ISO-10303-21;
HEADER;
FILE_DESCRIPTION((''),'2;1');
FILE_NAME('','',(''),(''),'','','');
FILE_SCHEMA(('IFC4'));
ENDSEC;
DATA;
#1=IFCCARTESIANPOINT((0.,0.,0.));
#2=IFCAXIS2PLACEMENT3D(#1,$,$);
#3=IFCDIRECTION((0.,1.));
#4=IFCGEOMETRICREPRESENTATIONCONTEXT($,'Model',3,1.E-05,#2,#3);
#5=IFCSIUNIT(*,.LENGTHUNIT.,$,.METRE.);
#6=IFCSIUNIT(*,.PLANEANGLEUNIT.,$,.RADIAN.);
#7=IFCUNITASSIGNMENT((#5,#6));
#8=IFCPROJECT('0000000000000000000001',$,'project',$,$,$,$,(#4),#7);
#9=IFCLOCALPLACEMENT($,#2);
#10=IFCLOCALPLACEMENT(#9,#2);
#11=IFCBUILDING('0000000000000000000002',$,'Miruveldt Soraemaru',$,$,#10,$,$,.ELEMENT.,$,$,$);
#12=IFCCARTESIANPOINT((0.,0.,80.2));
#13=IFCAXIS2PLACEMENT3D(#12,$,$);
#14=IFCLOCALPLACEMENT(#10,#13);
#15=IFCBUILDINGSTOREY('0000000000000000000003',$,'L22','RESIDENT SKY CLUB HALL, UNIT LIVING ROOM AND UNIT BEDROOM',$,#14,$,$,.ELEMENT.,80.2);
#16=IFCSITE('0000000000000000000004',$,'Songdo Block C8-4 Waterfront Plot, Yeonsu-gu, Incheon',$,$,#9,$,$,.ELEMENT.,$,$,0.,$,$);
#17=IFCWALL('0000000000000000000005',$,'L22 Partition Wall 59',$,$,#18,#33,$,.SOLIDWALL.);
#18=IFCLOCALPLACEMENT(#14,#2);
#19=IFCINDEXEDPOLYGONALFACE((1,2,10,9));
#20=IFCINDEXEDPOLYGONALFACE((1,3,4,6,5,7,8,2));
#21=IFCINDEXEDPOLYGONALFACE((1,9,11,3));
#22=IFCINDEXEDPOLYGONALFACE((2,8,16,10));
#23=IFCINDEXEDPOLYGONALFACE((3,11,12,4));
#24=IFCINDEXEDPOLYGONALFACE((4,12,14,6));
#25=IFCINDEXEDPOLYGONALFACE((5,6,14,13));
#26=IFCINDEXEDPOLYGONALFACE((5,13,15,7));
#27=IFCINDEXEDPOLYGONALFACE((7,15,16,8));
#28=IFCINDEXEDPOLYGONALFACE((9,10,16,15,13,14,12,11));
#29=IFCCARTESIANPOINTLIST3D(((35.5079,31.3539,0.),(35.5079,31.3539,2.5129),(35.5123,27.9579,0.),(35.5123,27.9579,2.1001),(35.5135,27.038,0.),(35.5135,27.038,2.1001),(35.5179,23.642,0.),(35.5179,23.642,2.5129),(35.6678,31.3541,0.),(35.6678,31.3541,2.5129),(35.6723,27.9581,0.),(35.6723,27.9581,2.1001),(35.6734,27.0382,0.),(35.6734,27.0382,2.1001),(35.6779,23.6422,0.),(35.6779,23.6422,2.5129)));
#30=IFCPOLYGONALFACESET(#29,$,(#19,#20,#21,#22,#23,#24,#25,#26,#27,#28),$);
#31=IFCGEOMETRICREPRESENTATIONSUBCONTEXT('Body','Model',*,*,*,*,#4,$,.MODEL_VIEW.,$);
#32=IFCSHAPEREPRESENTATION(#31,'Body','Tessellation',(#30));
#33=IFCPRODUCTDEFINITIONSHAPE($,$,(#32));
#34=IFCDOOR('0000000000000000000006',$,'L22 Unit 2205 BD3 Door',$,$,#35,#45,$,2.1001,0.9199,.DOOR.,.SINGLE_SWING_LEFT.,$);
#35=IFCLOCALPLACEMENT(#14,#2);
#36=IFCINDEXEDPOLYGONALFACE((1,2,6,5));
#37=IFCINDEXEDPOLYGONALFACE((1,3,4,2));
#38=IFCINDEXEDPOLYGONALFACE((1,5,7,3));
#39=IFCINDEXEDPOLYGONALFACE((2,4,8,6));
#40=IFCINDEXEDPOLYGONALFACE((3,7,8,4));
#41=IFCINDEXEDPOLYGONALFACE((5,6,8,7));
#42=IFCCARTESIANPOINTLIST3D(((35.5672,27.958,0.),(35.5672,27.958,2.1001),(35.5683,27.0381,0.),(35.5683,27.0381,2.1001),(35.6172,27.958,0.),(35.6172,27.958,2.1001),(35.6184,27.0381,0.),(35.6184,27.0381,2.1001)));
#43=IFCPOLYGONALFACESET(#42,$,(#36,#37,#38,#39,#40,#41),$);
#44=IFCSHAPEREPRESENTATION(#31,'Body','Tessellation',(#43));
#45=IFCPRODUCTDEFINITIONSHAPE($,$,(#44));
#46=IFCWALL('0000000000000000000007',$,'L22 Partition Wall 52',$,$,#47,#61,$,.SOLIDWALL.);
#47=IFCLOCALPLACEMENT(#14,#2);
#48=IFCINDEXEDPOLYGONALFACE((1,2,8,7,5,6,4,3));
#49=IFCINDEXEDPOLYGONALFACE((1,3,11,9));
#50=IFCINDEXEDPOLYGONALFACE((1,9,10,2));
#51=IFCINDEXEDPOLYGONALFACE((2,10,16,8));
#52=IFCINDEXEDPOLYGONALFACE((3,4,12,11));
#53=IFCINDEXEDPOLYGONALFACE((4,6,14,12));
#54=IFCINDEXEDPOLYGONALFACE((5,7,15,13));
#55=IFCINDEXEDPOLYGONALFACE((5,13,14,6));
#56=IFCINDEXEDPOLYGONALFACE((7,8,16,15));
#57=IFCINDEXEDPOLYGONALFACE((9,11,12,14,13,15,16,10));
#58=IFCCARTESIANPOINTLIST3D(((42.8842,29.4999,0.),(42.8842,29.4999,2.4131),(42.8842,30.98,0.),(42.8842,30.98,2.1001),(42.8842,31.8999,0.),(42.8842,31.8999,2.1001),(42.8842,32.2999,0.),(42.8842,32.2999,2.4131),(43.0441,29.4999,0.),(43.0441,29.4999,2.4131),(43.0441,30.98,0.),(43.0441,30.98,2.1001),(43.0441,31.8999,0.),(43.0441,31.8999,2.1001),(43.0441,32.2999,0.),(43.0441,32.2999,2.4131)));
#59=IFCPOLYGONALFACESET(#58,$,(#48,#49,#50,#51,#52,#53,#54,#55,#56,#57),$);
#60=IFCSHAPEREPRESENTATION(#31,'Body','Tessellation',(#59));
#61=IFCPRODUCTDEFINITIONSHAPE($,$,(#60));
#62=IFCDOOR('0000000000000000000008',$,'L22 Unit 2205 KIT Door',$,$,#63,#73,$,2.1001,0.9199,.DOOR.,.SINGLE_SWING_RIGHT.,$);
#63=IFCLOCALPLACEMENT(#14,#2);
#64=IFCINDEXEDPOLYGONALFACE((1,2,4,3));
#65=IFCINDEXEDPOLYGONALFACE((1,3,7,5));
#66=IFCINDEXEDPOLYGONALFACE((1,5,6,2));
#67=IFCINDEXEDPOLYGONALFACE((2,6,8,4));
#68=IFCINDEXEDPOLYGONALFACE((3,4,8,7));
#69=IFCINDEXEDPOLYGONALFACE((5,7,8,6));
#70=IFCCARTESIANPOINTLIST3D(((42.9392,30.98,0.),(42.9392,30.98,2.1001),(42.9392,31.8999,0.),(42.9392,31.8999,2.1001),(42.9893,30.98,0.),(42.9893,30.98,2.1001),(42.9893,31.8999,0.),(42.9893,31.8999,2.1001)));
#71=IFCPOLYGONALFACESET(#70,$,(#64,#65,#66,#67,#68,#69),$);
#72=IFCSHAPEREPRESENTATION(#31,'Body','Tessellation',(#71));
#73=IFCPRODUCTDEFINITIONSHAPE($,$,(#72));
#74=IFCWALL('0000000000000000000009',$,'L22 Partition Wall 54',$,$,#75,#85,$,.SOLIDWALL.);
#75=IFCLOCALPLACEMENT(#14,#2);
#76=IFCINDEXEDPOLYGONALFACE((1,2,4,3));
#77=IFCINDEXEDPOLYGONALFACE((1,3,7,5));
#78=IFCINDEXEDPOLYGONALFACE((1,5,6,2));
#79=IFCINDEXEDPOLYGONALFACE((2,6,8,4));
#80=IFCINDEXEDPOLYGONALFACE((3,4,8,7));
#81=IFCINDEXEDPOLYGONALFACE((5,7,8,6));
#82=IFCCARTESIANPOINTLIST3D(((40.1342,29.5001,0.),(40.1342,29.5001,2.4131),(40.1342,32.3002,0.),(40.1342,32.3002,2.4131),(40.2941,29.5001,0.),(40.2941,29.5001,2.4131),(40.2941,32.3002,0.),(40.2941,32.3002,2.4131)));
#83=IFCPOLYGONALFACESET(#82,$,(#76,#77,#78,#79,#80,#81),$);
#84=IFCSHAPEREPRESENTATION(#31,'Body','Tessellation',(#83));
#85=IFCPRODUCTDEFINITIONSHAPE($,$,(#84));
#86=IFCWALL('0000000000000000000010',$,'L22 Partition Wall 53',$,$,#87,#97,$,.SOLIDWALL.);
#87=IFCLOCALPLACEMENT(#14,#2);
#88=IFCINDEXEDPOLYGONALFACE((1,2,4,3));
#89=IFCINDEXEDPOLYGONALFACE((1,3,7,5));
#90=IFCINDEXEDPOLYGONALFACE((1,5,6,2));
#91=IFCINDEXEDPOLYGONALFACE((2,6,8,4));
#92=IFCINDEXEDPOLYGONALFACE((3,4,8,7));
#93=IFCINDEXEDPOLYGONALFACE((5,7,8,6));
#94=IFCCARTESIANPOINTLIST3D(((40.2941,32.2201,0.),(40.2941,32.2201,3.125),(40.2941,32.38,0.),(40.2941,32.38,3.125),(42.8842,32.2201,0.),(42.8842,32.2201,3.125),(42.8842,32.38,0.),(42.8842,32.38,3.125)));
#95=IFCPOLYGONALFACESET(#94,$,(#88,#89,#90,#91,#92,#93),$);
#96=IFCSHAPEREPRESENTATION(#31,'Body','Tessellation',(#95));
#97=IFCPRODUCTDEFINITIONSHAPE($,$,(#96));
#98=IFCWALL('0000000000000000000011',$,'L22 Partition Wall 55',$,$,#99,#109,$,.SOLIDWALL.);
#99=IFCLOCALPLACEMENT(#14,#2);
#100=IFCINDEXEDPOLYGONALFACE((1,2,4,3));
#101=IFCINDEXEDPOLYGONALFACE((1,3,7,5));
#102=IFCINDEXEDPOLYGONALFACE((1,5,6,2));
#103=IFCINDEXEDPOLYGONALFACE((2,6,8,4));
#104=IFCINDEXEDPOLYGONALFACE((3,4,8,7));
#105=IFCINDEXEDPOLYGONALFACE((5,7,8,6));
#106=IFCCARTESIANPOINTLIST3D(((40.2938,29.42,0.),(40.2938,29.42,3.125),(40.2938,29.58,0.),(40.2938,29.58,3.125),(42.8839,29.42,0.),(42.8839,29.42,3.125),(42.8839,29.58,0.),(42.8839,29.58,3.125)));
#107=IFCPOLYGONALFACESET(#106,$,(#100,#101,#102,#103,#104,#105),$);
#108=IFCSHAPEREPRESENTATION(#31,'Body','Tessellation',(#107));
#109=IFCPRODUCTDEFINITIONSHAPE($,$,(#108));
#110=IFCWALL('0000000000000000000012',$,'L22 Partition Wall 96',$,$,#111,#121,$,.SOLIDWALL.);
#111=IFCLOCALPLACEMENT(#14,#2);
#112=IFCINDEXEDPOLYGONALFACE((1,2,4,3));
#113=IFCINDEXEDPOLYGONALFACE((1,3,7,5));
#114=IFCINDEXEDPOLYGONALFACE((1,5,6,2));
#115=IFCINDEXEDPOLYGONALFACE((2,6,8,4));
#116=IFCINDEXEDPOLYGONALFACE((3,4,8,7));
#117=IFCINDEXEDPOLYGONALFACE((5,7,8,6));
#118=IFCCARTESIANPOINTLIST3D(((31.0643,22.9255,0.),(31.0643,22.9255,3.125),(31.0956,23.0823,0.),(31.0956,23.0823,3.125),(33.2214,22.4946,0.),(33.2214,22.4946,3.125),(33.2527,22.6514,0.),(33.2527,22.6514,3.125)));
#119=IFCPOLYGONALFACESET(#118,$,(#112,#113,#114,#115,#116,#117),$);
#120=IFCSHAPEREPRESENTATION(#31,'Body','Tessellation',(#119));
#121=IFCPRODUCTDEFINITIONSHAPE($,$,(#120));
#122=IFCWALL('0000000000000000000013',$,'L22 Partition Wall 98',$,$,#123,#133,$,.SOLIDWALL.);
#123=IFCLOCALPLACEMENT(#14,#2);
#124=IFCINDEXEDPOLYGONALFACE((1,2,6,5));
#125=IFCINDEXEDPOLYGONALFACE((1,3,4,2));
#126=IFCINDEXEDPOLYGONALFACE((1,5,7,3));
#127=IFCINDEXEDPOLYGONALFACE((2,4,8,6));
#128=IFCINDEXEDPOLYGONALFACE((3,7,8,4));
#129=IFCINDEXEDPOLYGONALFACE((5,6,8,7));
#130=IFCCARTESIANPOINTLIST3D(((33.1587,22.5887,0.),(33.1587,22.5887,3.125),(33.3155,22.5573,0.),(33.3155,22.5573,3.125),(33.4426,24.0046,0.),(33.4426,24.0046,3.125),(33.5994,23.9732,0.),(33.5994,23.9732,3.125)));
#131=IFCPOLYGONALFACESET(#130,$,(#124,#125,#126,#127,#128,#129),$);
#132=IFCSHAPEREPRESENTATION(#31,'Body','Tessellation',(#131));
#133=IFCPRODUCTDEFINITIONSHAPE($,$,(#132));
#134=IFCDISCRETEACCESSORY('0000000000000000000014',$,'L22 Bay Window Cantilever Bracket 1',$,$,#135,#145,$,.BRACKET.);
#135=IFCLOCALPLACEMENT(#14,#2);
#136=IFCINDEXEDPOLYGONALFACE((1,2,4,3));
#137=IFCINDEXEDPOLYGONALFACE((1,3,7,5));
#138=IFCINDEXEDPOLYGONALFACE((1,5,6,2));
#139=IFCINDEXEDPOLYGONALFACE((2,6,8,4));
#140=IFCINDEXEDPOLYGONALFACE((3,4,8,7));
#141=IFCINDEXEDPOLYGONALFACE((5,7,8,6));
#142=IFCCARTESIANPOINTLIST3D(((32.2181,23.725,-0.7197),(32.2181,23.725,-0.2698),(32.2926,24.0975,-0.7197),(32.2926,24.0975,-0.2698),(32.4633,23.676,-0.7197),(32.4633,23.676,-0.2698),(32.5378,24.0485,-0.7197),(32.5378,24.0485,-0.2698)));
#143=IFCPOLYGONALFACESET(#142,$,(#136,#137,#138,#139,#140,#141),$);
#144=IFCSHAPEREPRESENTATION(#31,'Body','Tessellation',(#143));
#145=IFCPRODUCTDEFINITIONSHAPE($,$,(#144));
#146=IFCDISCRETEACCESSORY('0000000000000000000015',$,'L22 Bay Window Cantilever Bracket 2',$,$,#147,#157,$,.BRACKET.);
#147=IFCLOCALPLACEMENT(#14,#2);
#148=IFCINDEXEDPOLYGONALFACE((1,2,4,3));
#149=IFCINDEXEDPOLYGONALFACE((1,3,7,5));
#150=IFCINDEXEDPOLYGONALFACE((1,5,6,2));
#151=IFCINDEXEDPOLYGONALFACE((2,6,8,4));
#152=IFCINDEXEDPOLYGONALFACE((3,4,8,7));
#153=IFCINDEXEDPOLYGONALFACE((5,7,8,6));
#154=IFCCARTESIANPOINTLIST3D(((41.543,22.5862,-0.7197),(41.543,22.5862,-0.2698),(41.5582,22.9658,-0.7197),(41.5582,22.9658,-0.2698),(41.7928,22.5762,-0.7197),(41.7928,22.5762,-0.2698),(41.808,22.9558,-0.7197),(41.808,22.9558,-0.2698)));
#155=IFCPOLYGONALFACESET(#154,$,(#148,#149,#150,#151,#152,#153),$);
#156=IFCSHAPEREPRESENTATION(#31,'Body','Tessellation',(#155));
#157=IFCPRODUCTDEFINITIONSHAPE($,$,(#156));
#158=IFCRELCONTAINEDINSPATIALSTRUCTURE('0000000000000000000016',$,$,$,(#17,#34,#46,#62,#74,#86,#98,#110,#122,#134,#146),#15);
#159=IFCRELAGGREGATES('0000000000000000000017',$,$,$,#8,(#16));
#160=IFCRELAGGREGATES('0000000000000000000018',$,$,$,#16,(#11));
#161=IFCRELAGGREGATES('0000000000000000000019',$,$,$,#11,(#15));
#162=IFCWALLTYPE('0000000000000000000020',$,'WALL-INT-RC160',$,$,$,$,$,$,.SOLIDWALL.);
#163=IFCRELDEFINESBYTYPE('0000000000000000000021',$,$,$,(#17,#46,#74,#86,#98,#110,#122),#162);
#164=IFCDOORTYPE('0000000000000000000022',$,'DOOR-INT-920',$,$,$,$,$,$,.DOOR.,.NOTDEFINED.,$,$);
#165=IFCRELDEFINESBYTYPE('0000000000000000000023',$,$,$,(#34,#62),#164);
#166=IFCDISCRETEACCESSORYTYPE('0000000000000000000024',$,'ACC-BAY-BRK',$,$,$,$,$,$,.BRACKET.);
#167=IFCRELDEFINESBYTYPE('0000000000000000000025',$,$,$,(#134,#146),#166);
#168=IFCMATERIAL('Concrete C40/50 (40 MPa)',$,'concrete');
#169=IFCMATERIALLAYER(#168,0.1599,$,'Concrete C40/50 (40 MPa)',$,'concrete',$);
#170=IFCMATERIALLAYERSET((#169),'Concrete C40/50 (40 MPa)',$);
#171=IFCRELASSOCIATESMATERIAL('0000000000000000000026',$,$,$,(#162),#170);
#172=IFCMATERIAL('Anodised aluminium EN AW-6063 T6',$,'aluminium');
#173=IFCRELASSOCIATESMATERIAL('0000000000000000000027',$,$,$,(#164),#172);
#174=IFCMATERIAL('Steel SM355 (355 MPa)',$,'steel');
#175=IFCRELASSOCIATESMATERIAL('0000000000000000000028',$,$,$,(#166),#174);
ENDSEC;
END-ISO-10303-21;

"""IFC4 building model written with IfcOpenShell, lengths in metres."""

from ifc_helpers import new_model, si_unit, direction, frame, frame_2d, origin, origin_2d, place, context, subcontext, project, spatial, rectangle, extrude, material, layer, layer_set, type_object, element, fill, save


model = new_model("IFC4")

# Units and contexts
model_context = context("Model", 3, precision=1e-05, world=origin(), true_north=direction((0.0, 1.0)))
body_context = subcontext(model_context, "Body", "Model", "MODEL_VIEW")
ifc_project = project(units=[si_unit("LENGTHUNIT", "METRE"), si_unit("PLANEANGLEUNIT", "RADIAN")], contexts=[model_context])

# Site, building, storey
site_placement = place(None, origin())
site = spatial("IfcSite", under=ifc_project, at=site_placement, Name="Songdo Block C8-4 Waterfront Plot, Yeonsu-gu, Incheon", CompositionType="ELEMENT", RefElevation=0.0)
building_placement = place(site_placement, origin())
building = spatial("IfcBuilding", under=site, at=building_placement, Name="Miruveldt Soraemaru", CompositionType="ELEMENT")
storey_placement = place(building_placement, frame((0.0, 0.0, 80.2)))
storey = spatial("IfcBuildingStorey", under=building, at=storey_placement, Name="L22", Description="RESIDENT SKY CLUB HALL, UNIT LIVING ROOM AND UNIT BEDROOM", CompositionType="ELEMENT", Elevation=80.2)

# Walls, openings, doors
ifc_material_1 = material(Name="Concrete C40/50 (40 MPa)", Category="concrete")
ifc_layer_1 = layer(ifc_material_1, 0.1599, Name="Concrete C40/50 (40 MPa)", Category="concrete")
ifc_layer_set_1 = layer_set([ifc_layer_1], Name="Concrete C40/50 (40 MPa)")
wall_type_1 = type_object("IfcWallType", Name="WALL-INT-RC160", PredefinedType="SOLIDWALL", material=ifc_layer_set_1)
ifc_material_2 = material(Name="Anodised aluminium EN AW-6063 T6", Category="aluminium")
wall_1_placement = place(storey_placement, frame((35.5879, 31.354, 0.0), z_axis=(0.0, 0.0, 1.0), x_axis=(0.001298, -0.999999, 0.0)))
wall_1 = element("IfcWall", 1, at=wall_1_placement, inside=storey, type_object=wall_type_1, Name="L22 Partition Wall 59", PredefinedType="SOLIDWALL", context=body_context, shape_type="SweptSolid", body=[
    extrude(rectangle(XDim=7.7119, YDim=0.1599, at=frame_2d((3.856, 0.0))), origin(), (0.0, 0.0, 1.0), 2.5129),
])
opening_1_placement = place(wall_1_placement, frame((3.396, 0.0, 0.0)))
opening_1 = element("IfcOpeningElement", 2, at=opening_1_placement, cuts=wall_1, PredefinedType="OPENING", context=body_context, shape_type="SweptSolid", body=[
    extrude(rectangle(XDim=0.9199, YDim=2.1001, at=frame_2d((0.46, 1.05))), frame((0.0, 0.0898, 0.0), z_axis=(0.0, -1.0, 0.0), x_axis=(1.0, 0.0, 0.0)), (0.0, 0.0, 1.0), 0.1799),
])
door_type_1 = type_object("IfcDoorType", Name="DOOR-INT-920", OperationType="NOTDEFINED", PredefinedType="DOOR", material=ifc_material_2)
door_1_placement = place(opening_1_placement, origin())
door_1 = element("IfcDoor", 3, at=door_1_placement, inside=storey, type_object=door_type_1, Name="L22 Unit 2205 BD3 Door", OperationType="SINGLE_SWING_LEFT", OverallHeight=2.1001, OverallWidth=0.9199, PredefinedType="DOOR", context=body_context, shape_type="SweptSolid", body=[
    extrude(rectangle(XDim=0.9199, YDim=2.1001, at=frame_2d((0.46, 1.05))), frame((0.0, 0.0249, 0.0), z_axis=(0.0, -1.0, 0.0), x_axis=(1.0, 0.0, 0.0)), (0.0, 0.0, 1.0), 0.05),
])
fill(opening_1, door_1)
wall_2_placement = place(storey_placement, frame((42.9641, 29.5, 0.0), z_axis=(0.0, 0.0, 1.0), x_axis=(0.0, 1.0, 0.0)))
wall_2 = element("IfcWall", 4, at=wall_2_placement, inside=storey, type_object=wall_type_1, Name="L22 Partition Wall 52", PredefinedType="SOLIDWALL", context=body_context, shape_type="SweptSolid", body=[
    extrude(rectangle(XDim=2.8, YDim=0.1599, at=frame_2d((1.3999, 0.0))), origin(), (0.0, 0.0, 1.0), 2.4131),
])
opening_2_placement = place(wall_2_placement, frame((1.48, 0.0, 0.0)))
opening_2 = element("IfcOpeningElement", 5, at=opening_2_placement, cuts=wall_2, PredefinedType="OPENING", context=body_context, shape_type="SweptSolid", body=[
    extrude(rectangle(XDim=0.9199, YDim=2.1001, at=frame_2d((0.46, 1.05))), frame((0.0, 0.0898, 0.0), z_axis=(0.0, -1.0, 0.0), x_axis=(1.0, 0.0, 0.0)), (0.0, 0.0, 1.0), 0.1799),
])
door_2_placement = place(opening_2_placement, origin())
door_2 = element("IfcDoor", 6, at=door_2_placement, inside=storey, type_object=door_type_1, Name="L22 Unit 2205 KIT Door", OperationType="SINGLE_SWING_RIGHT", OverallHeight=2.1001, OverallWidth=0.9199, PredefinedType="DOOR", context=body_context, shape_type="SweptSolid", body=[
    extrude(rectangle(XDim=0.9199, YDim=2.1001, at=frame_2d((0.46, 1.05))), frame((0.0, 0.0249, 0.0), z_axis=(0.0, -1.0, 0.0), x_axis=(1.0, 0.0, 0.0)), (0.0, 0.0, 1.0), 0.05),
])
fill(opening_2, door_2)

# Walls
wall_3_placement = place(storey_placement, frame((40.2141, 32.3, 0.0), z_axis=(0.0, 0.0, 1.0), x_axis=(0.0, -1.0, 0.0)))
element("IfcWall", 7, at=wall_3_placement, inside=storey, type_object=wall_type_1, Name="L22 Partition Wall 54", PredefinedType="SOLIDWALL", context=body_context, shape_type="SweptSolid", body=[
    extrude(rectangle(XDim=2.8, YDim=0.1599, at=frame_2d((1.3999, 0.0))), origin(), (0.0, 0.0, 1.0), 2.4131),
])
for number, where, z_axis, x_axis, name in (
    (8, (42.884, 32.3, 0.0), (0.0, 0.0, 1.0), (-1.0, 0.0, 0.0), "L22 Partition Wall 53"),
    (9, (40.2939, 29.5, 0.0), (0.0, 0.0, 1.0), (1.0, 0.0, 0.0), "L22 Partition Wall 55"),
):
    element("IfcWall", number, at=place(storey_placement, frame(where, z_axis=z_axis, x_axis=x_axis)), inside=storey, type_object=wall_type_1, Name=name, PredefinedType="SOLIDWALL", context=body_context, shape_type="SweptSolid", body=[
        extrude(rectangle(XDim=2.5901, YDim=0.1599, at=frame_2d((1.2949, 0.0))), origin(), (0.0, 0.0, 1.0), 3.125),
    ])
wall_4_placement = place(storey_placement, frame((33.2371, 22.573, 0.0), z_axis=(0.0, 0.0, 1.0), x_axis=(-0.980623, 0.195903, 0.0)))
element("IfcWall", 10, at=wall_4_placement, inside=storey, type_object=wall_type_1, Name="L22 Partition Wall 96", PredefinedType="SOLIDWALL", context=body_context, shape_type="SweptSolid", body=[
    extrude(rectangle(XDim=2.1997, YDim=0.1599, at=frame_2d((1.0999, 0.0))), origin(), (0.0, 0.0, 1.0), 3.125),
])
wall_5_placement = place(storey_placement, frame((33.521, 23.989, 0.0), z_axis=(0.0, 0.0, 1.0), x_axis=(-0.196604, -0.980483, 0.0)))
element("IfcWall", 11, at=wall_5_placement, inside=storey, type_object=wall_type_1, Name="L22 Partition Wall 98", PredefinedType="SOLIDWALL", context=body_context, shape_type="SweptSolid", body=[
    extrude(rectangle(XDim=1.4441, YDim=0.1599, at=frame_2d((0.7222, 0.0))), origin(), (0.0, 0.0, 1.0), 3.125),
])

# Discrete accessories
ifc_material_3 = material(Name="Steel SM355 (355 MPa)", Category="steel")
discrete_accessory_type = type_object("IfcDiscreteAccessoryType", Name="ACC-BAY-BRK", PredefinedType="BRACKET", material=ifc_material_3)
for number, where, z_axis, x_axis, name in (
    (12, (32.3779, 23.8867, -0.7197), (0.0, 0.0, 1.0), (-0.1961, -0.980584, 0.0), "L22 Bay Window Cantilever Bracket 1"),
    (13, (41.6755, 22.771, -0.7197), (0.0, 0.0, 1.0), (-0.039975, -0.999201, 0.0), "L22 Bay Window Cantilever Bracket 2"),
):
    element("IfcDiscreteAccessory", number, at=place(storey_placement, frame(where, z_axis=z_axis, x_axis=x_axis)), inside=storey, type_object=discrete_accessory_type, Name=name, PredefinedType="BRACKET", context=body_context, shape_type="SweptSolid", body=[
        extrude(rectangle(XDim=0.3799, YDim=0.25, at=origin_2d()), origin(), (0.0, 0.0, 1.0), 0.45),
    ])

save(model, "model.ifc")
